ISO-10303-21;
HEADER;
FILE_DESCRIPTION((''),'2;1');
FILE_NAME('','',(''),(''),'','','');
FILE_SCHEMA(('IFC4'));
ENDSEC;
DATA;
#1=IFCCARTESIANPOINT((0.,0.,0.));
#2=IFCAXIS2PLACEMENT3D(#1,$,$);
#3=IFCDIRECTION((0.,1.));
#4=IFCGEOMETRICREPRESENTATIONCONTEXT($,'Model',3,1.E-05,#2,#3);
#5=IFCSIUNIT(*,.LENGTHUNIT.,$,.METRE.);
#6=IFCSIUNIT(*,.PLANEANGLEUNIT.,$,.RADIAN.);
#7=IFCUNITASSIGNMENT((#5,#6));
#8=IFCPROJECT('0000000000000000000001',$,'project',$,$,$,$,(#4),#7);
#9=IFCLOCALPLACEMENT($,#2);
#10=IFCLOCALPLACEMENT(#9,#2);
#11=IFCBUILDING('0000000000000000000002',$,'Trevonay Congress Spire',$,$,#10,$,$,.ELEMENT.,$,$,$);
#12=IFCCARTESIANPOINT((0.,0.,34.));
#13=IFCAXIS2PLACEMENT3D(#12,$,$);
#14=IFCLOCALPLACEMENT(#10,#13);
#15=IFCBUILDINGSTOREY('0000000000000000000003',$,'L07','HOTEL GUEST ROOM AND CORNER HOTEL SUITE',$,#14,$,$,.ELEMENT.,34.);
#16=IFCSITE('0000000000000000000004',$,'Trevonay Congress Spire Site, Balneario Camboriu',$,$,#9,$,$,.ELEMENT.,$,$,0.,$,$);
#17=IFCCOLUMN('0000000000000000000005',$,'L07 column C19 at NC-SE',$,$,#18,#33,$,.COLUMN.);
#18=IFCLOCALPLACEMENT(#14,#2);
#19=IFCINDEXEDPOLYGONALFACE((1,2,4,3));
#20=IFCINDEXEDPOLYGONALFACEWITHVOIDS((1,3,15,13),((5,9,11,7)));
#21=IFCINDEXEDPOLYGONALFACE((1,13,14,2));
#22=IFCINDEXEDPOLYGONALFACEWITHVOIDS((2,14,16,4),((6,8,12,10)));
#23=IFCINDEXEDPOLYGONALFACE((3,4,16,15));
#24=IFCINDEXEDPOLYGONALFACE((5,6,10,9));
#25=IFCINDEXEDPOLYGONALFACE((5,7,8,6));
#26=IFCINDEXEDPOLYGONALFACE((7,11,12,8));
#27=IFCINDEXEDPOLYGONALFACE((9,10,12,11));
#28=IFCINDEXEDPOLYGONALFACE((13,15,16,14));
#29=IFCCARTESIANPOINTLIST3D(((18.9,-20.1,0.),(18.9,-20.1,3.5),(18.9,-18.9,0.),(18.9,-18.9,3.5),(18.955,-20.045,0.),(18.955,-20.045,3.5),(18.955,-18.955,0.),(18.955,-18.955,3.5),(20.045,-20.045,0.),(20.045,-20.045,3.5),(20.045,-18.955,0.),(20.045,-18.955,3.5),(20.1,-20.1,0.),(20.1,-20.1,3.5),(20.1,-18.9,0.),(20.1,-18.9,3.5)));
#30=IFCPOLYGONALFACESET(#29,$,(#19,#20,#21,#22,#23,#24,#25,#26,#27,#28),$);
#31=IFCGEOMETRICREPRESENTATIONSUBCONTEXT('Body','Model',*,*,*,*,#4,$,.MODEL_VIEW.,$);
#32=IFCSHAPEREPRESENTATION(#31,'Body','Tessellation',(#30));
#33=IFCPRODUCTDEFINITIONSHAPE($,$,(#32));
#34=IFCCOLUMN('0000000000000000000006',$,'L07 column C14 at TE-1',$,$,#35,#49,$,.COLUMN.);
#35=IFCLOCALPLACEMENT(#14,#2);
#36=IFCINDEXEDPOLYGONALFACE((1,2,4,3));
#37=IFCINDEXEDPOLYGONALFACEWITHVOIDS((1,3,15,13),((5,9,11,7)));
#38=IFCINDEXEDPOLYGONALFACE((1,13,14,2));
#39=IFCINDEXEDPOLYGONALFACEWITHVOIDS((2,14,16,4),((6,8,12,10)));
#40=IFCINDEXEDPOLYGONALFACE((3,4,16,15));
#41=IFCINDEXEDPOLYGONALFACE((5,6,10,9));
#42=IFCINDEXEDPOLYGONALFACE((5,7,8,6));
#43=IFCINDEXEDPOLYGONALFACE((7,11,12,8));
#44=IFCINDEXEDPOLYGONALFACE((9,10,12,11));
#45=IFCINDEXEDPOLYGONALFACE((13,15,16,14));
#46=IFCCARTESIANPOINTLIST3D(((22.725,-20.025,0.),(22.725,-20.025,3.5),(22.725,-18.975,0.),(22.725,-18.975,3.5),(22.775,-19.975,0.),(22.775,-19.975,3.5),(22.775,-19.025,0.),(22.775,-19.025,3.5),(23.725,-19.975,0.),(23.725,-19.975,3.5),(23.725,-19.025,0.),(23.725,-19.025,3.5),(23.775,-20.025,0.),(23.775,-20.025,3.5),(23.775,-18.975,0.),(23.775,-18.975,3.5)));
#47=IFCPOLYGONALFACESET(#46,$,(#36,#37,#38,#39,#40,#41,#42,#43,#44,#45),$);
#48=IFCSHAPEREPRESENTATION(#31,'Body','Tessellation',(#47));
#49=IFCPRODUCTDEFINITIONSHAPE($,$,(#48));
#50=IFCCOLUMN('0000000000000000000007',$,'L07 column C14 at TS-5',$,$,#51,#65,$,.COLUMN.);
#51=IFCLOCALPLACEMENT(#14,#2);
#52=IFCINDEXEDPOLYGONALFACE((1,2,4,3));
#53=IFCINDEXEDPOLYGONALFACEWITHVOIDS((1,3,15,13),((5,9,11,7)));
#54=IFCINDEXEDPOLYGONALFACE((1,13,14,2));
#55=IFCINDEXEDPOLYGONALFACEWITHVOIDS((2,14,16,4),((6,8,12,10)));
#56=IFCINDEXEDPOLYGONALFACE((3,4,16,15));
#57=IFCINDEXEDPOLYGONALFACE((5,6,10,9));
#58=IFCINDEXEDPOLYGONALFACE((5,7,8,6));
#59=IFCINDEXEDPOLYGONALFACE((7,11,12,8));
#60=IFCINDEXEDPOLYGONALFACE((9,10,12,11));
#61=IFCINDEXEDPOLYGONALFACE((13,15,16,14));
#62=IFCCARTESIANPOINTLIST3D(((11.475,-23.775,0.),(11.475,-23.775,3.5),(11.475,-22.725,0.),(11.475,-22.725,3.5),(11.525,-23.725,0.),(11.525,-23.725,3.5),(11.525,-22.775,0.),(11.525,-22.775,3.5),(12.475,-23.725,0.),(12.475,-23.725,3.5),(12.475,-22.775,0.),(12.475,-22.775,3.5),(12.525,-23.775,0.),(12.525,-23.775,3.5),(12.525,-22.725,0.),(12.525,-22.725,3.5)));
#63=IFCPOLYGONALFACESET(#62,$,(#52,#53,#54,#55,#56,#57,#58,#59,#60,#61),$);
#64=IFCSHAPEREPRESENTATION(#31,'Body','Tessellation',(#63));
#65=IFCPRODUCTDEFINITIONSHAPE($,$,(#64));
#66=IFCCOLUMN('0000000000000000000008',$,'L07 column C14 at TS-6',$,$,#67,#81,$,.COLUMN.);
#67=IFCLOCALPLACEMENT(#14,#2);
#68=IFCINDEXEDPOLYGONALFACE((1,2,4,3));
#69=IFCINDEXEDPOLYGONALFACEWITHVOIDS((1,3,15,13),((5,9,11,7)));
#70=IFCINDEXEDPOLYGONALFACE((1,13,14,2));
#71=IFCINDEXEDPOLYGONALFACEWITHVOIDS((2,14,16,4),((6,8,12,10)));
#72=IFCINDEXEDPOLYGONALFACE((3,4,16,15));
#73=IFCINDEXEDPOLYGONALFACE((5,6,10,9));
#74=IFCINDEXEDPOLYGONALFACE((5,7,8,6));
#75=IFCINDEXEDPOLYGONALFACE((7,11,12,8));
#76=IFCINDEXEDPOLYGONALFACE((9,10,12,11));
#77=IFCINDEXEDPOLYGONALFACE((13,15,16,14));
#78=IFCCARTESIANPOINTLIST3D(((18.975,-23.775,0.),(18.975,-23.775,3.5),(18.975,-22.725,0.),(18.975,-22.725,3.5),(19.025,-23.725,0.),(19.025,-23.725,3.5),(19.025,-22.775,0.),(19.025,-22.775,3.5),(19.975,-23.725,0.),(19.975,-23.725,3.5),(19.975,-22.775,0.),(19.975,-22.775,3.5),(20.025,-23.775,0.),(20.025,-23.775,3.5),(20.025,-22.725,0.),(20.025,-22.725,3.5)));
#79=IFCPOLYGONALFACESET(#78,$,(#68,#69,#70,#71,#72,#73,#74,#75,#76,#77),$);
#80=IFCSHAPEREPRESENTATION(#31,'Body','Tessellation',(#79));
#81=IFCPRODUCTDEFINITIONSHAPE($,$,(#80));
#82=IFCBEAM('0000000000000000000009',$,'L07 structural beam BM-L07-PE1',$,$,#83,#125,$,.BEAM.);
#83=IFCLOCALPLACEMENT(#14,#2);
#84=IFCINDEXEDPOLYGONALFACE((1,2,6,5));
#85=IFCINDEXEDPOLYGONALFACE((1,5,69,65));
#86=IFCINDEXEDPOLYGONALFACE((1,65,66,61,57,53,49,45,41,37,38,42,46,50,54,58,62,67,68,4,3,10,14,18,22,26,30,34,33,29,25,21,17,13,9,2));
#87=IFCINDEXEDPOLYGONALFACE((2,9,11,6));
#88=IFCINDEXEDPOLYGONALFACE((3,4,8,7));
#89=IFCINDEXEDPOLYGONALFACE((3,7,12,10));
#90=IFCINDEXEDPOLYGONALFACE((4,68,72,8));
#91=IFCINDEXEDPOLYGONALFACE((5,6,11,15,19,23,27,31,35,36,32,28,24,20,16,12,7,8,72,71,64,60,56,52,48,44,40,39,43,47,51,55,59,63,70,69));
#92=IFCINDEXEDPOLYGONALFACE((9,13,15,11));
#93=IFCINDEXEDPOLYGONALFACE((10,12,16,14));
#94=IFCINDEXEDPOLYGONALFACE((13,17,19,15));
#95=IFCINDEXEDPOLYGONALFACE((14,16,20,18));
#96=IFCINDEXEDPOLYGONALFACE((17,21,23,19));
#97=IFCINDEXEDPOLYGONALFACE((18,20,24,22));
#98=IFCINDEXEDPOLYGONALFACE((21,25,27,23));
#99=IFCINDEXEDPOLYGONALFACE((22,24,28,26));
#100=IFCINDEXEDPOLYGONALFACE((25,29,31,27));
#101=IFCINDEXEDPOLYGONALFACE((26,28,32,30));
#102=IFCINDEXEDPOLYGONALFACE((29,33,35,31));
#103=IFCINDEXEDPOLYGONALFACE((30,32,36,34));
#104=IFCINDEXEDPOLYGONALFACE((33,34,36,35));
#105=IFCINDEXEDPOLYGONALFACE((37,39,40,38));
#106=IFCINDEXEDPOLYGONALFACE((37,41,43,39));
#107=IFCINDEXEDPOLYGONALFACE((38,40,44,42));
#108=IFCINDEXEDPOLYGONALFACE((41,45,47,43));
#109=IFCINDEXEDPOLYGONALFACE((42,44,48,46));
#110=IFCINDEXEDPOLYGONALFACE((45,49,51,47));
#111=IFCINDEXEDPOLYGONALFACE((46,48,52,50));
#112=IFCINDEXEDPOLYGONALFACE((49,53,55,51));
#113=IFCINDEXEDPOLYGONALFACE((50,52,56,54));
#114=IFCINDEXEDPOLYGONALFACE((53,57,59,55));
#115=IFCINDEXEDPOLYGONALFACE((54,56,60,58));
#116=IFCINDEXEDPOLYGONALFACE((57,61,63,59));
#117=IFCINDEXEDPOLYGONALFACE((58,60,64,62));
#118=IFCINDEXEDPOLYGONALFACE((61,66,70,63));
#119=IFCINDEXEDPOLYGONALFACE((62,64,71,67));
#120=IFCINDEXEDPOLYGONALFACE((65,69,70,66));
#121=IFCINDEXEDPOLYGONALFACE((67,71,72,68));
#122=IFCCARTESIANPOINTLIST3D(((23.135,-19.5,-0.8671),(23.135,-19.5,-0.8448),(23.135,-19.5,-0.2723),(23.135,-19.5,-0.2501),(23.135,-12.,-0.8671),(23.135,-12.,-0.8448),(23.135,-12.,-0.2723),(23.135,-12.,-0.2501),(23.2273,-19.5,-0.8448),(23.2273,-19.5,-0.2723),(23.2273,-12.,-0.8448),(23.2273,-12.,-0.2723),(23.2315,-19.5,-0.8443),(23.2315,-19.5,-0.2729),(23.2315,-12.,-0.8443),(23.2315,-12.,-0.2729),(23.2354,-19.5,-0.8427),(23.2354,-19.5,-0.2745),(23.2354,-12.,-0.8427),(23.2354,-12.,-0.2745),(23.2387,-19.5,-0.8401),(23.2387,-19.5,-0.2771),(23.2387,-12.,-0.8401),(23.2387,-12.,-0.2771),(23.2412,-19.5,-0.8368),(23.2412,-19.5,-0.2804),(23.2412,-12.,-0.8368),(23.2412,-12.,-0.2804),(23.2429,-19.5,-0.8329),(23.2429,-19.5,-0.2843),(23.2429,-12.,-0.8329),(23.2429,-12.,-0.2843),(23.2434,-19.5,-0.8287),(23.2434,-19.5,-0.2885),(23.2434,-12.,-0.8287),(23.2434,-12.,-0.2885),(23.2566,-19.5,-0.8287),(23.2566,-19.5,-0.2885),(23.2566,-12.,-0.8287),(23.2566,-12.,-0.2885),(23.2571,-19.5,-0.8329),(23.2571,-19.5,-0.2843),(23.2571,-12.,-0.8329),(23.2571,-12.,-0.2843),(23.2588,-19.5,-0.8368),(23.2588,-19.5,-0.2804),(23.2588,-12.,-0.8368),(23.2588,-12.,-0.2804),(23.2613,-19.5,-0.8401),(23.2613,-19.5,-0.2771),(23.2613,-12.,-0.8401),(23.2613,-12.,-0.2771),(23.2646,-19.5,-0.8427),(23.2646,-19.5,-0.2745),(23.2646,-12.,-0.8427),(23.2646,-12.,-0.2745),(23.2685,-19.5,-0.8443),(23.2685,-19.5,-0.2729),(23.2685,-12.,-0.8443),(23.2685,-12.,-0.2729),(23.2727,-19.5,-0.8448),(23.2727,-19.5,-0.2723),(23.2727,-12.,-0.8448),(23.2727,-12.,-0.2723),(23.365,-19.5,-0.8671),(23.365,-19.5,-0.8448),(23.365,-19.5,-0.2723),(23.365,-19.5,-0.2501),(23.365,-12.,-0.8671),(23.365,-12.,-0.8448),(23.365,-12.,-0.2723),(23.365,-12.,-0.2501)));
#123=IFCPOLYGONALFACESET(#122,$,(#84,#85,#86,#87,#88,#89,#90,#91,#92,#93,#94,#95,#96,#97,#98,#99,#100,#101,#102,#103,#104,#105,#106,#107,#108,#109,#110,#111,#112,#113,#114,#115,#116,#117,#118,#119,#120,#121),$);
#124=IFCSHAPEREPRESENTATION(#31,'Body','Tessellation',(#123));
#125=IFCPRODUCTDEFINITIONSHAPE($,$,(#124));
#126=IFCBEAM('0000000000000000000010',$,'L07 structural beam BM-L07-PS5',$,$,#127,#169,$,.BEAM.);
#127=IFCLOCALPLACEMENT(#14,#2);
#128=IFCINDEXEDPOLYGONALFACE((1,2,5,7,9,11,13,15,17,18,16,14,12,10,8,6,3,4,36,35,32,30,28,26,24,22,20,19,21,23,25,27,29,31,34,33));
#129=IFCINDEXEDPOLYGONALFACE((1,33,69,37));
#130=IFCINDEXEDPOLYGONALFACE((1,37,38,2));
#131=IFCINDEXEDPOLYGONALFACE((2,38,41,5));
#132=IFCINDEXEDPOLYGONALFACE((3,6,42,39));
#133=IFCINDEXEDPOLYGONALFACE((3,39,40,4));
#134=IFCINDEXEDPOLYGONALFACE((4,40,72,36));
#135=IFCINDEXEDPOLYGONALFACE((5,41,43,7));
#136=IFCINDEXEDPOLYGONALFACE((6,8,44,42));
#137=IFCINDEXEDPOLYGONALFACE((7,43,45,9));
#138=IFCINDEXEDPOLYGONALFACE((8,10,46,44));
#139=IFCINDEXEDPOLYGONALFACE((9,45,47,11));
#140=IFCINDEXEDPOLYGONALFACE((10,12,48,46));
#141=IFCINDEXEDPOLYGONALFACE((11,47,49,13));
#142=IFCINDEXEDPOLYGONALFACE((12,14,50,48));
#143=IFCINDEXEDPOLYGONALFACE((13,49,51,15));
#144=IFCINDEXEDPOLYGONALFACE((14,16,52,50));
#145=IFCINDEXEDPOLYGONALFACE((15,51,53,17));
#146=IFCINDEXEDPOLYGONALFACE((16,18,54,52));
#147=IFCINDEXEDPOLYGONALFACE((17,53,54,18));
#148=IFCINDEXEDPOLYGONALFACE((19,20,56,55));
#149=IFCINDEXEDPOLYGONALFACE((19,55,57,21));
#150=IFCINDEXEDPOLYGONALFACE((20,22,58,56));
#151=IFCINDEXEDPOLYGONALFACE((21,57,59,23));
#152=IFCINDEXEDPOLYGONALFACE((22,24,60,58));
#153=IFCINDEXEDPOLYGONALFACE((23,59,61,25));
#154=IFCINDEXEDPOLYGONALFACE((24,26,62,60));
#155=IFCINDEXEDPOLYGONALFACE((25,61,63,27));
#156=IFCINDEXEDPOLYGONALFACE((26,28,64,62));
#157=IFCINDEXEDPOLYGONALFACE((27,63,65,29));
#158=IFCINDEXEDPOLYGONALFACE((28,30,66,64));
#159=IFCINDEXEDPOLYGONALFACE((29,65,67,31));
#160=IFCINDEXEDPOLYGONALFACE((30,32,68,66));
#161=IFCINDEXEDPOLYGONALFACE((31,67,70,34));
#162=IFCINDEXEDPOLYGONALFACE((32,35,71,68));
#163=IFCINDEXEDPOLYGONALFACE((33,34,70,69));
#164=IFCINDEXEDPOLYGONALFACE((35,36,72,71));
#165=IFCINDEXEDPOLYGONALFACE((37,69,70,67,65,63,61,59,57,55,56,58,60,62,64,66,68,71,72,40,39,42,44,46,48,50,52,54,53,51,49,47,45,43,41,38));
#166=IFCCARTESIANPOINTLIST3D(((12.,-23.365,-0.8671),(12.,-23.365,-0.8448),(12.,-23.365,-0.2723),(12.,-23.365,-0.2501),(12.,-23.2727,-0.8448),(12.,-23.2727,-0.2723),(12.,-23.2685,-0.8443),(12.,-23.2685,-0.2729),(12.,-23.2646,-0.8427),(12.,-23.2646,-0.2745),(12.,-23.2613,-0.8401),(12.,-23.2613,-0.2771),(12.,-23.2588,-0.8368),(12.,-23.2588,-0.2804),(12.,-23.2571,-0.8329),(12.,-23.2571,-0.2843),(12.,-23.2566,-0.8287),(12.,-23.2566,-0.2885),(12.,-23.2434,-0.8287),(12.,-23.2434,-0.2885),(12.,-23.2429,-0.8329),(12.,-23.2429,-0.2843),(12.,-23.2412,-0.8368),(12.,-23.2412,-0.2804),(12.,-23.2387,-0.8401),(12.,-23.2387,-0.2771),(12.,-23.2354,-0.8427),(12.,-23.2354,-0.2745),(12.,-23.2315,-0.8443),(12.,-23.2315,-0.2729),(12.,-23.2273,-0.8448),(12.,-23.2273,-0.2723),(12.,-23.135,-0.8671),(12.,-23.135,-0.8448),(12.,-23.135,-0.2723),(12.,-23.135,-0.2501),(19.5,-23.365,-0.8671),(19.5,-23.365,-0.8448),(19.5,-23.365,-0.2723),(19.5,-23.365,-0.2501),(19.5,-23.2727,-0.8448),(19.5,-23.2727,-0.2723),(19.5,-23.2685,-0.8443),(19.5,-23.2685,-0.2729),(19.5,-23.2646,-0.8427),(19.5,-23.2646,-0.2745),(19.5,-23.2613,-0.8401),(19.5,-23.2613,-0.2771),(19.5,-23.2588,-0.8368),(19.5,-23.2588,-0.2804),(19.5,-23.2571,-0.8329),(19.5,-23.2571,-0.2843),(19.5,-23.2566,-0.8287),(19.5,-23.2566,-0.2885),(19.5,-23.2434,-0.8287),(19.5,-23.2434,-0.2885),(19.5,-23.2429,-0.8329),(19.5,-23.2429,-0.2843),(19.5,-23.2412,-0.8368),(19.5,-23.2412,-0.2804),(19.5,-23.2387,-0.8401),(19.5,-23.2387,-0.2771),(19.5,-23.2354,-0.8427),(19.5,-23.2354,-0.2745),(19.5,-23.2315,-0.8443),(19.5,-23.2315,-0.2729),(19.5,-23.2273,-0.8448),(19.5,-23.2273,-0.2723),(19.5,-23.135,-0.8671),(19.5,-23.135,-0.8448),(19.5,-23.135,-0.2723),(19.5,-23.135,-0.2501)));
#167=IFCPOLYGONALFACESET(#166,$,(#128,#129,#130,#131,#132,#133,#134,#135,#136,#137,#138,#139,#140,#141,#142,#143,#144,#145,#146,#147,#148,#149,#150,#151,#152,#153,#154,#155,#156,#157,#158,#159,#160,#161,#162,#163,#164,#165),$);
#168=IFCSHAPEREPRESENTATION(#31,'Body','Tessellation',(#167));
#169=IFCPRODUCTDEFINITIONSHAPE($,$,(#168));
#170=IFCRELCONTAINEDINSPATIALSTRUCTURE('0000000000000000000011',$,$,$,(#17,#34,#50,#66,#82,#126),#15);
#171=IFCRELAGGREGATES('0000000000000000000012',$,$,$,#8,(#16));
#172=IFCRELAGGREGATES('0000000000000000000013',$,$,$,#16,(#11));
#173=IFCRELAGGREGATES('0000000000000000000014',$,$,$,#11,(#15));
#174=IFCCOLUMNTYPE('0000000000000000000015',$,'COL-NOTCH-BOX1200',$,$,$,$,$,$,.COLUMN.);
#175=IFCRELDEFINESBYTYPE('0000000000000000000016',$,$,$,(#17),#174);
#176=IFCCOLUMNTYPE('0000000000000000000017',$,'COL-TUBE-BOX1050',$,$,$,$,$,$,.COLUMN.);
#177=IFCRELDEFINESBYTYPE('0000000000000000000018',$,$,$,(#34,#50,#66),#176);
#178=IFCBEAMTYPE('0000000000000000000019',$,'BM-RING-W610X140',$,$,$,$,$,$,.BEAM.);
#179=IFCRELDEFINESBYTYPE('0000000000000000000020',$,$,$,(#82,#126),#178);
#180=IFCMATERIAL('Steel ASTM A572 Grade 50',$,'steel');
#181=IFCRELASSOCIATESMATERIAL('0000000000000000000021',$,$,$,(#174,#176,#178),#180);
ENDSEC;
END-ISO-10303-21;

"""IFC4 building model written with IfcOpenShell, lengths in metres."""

from ifc_helpers import new_model, si_unit, direction, frame, origin, origin_2d, place, context, subcontext, project, spatial, hollow_rectangle, i_section, extrude, material, material_profile, profile_set, type_object, element, save


model = new_model("IFC4")

# Units and contexts
model_context = context("Model", 3, precision=1e-05, world=origin(), true_north=direction((0.0, 1.0)))
body_context = subcontext(model_context, "Body", "Model", "MODEL_VIEW")
ifc_project = project(units=[si_unit("LENGTHUNIT", "METRE"), si_unit("PLANEANGLEUNIT", "RADIAN")], contexts=[model_context])

# Site, building, storey
site_placement = place(None, origin())
site = spatial("IfcSite", under=ifc_project, at=site_placement, Name="Trevonay Congress Spire Site, Balneario Camboriu", CompositionType="ELEMENT", RefElevation=0.0)
building_placement = place(site_placement, origin())
building = spatial("IfcBuilding", under=site, at=building_placement, Name="Trevonay Congress Spire", CompositionType="ELEMENT")
storey_placement = place(building_placement, frame((0.0, 0.0, 34.0)))
storey = spatial("IfcBuildingStorey", under=building, at=storey_placement, Name="L07", Description="HOTEL GUEST ROOM AND CORNER HOTEL SUITE", CompositionType="ELEMENT", Elevation=34.0)

# Columns
ifc_material_1 = material(Name="Steel ASTM A572 Grade 50", Category="steel")
ifc_material_profile_1 = material_profile(ifc_material_1, hollow_rectangle(XDim=1.2, YDim=1.2, WallThickness=0.0549, at=origin_2d()), Name="BOX 1200x1200x55")
ifc_profile_set_1 = profile_set([ifc_material_profile_1], Name="Steel ASTM A572 Grade 50")
column_type_1 = type_object("IfcColumnType", Name="COL-NOTCH-BOX1200", PredefinedType="COLUMN", material=ifc_profile_set_1)
column_placement = place(storey_placement, frame((19.5, -19.5, 0.0), z_axis=(0.0, 0.0, 1.0), x_axis=(1.0, 0.0, 0.0)))
element("IfcColumn", 1, at=column_placement, inside=storey, type_object=column_type_1, Name="L07 column C19 at NC-SE", PredefinedType="COLUMN", context=body_context, shape_type="SweptSolid", body=[
    extrude(hollow_rectangle(XDim=1.2, YDim=1.2, WallThickness=0.0549, at=origin_2d()), origin(), (0.0, 0.0, 1.0), 3.5),
])
ifc_material_profile_2 = material_profile(ifc_material_1, hollow_rectangle(XDim=1.05, YDim=1.05, WallThickness=0.05, at=origin_2d()), Name="BOX 1050x1050x50")
ifc_profile_set_2 = profile_set([ifc_material_profile_2], Name="Steel ASTM A572 Grade 50")
column_type_2 = type_object("IfcColumnType", Name="COL-TUBE-BOX1050", PredefinedType="COLUMN", material=ifc_profile_set_2)
for number, where, z_axis, x_axis, name in (
    (2, (23.25, -19.5, 0.0), (0.0, 0.0, 1.0), (1.0, 0.0, 0.0), "L07 column C14 at TE-1"),
    (3, (12.0, -23.25, 0.0), (0.0, 0.0, 1.0), (1.0, 0.0, 0.0), "L07 column C14 at TS-5"),
    (4, (19.5, -23.25, 0.0), (0.0, 0.0, 1.0), (1.0, 0.0, 0.0), "L07 column C14 at TS-6"),
):
    element("IfcColumn", number, at=place(storey_placement, frame(where, z_axis=z_axis, x_axis=x_axis)), inside=storey, type_object=column_type_2, Name=name, PredefinedType="COLUMN", context=body_context, shape_type="SweptSolid", body=[
        extrude(hollow_rectangle(XDim=1.05, YDim=1.05, WallThickness=0.05, at=origin_2d()), origin(), (0.0, 0.0, 1.0), 3.5),
    ])

# Beams
ifc_material_profile_3 = material_profile(ifc_material_1, i_section(OverallWidth=0.23, OverallDepth=0.6169, WebThickness=0.0132, FlangeThickness=0.0222, FilletRadius=0.0161, at=origin_2d()), Name="W610x140")
ifc_profile_set_3 = profile_set([ifc_material_profile_3], Name="Steel ASTM A572 Grade 50")
beam_type_1 = type_object("IfcBeamType", Name="BM-RING-W610X140", PredefinedType="BEAM", material=ifc_profile_set_3)
for number, where, z_axis, x_axis, name in (
    (5, (23.25, -19.5, -0.5586), (0.0, 1.0, 0.0), (-1.0, 0.0, 0.0), "L07 structural beam BM-L07-PE1"),
    (6, (12.0, -23.25, -0.5586), (1.0, 0.0, 0.0), (0.0, 1.0, 0.0), "L07 structural beam BM-L07-PS5"),
):
    element("IfcBeam", number, at=place(storey_placement, frame(where, z_axis=z_axis, x_axis=x_axis)), inside=storey, type_object=beam_type_1, Name=name, PredefinedType="BEAM", context=body_context, shape_type="SweptSolid", body=[
        extrude(i_section(OverallWidth=0.23, OverallDepth=0.6169, WebThickness=0.0132, FlangeThickness=0.0222, FilletRadius=0.0161, at=origin_2d()), origin(), (0.0, 0.0, 1.0), 7.5),
    ])

save(model, "model.ifc")
